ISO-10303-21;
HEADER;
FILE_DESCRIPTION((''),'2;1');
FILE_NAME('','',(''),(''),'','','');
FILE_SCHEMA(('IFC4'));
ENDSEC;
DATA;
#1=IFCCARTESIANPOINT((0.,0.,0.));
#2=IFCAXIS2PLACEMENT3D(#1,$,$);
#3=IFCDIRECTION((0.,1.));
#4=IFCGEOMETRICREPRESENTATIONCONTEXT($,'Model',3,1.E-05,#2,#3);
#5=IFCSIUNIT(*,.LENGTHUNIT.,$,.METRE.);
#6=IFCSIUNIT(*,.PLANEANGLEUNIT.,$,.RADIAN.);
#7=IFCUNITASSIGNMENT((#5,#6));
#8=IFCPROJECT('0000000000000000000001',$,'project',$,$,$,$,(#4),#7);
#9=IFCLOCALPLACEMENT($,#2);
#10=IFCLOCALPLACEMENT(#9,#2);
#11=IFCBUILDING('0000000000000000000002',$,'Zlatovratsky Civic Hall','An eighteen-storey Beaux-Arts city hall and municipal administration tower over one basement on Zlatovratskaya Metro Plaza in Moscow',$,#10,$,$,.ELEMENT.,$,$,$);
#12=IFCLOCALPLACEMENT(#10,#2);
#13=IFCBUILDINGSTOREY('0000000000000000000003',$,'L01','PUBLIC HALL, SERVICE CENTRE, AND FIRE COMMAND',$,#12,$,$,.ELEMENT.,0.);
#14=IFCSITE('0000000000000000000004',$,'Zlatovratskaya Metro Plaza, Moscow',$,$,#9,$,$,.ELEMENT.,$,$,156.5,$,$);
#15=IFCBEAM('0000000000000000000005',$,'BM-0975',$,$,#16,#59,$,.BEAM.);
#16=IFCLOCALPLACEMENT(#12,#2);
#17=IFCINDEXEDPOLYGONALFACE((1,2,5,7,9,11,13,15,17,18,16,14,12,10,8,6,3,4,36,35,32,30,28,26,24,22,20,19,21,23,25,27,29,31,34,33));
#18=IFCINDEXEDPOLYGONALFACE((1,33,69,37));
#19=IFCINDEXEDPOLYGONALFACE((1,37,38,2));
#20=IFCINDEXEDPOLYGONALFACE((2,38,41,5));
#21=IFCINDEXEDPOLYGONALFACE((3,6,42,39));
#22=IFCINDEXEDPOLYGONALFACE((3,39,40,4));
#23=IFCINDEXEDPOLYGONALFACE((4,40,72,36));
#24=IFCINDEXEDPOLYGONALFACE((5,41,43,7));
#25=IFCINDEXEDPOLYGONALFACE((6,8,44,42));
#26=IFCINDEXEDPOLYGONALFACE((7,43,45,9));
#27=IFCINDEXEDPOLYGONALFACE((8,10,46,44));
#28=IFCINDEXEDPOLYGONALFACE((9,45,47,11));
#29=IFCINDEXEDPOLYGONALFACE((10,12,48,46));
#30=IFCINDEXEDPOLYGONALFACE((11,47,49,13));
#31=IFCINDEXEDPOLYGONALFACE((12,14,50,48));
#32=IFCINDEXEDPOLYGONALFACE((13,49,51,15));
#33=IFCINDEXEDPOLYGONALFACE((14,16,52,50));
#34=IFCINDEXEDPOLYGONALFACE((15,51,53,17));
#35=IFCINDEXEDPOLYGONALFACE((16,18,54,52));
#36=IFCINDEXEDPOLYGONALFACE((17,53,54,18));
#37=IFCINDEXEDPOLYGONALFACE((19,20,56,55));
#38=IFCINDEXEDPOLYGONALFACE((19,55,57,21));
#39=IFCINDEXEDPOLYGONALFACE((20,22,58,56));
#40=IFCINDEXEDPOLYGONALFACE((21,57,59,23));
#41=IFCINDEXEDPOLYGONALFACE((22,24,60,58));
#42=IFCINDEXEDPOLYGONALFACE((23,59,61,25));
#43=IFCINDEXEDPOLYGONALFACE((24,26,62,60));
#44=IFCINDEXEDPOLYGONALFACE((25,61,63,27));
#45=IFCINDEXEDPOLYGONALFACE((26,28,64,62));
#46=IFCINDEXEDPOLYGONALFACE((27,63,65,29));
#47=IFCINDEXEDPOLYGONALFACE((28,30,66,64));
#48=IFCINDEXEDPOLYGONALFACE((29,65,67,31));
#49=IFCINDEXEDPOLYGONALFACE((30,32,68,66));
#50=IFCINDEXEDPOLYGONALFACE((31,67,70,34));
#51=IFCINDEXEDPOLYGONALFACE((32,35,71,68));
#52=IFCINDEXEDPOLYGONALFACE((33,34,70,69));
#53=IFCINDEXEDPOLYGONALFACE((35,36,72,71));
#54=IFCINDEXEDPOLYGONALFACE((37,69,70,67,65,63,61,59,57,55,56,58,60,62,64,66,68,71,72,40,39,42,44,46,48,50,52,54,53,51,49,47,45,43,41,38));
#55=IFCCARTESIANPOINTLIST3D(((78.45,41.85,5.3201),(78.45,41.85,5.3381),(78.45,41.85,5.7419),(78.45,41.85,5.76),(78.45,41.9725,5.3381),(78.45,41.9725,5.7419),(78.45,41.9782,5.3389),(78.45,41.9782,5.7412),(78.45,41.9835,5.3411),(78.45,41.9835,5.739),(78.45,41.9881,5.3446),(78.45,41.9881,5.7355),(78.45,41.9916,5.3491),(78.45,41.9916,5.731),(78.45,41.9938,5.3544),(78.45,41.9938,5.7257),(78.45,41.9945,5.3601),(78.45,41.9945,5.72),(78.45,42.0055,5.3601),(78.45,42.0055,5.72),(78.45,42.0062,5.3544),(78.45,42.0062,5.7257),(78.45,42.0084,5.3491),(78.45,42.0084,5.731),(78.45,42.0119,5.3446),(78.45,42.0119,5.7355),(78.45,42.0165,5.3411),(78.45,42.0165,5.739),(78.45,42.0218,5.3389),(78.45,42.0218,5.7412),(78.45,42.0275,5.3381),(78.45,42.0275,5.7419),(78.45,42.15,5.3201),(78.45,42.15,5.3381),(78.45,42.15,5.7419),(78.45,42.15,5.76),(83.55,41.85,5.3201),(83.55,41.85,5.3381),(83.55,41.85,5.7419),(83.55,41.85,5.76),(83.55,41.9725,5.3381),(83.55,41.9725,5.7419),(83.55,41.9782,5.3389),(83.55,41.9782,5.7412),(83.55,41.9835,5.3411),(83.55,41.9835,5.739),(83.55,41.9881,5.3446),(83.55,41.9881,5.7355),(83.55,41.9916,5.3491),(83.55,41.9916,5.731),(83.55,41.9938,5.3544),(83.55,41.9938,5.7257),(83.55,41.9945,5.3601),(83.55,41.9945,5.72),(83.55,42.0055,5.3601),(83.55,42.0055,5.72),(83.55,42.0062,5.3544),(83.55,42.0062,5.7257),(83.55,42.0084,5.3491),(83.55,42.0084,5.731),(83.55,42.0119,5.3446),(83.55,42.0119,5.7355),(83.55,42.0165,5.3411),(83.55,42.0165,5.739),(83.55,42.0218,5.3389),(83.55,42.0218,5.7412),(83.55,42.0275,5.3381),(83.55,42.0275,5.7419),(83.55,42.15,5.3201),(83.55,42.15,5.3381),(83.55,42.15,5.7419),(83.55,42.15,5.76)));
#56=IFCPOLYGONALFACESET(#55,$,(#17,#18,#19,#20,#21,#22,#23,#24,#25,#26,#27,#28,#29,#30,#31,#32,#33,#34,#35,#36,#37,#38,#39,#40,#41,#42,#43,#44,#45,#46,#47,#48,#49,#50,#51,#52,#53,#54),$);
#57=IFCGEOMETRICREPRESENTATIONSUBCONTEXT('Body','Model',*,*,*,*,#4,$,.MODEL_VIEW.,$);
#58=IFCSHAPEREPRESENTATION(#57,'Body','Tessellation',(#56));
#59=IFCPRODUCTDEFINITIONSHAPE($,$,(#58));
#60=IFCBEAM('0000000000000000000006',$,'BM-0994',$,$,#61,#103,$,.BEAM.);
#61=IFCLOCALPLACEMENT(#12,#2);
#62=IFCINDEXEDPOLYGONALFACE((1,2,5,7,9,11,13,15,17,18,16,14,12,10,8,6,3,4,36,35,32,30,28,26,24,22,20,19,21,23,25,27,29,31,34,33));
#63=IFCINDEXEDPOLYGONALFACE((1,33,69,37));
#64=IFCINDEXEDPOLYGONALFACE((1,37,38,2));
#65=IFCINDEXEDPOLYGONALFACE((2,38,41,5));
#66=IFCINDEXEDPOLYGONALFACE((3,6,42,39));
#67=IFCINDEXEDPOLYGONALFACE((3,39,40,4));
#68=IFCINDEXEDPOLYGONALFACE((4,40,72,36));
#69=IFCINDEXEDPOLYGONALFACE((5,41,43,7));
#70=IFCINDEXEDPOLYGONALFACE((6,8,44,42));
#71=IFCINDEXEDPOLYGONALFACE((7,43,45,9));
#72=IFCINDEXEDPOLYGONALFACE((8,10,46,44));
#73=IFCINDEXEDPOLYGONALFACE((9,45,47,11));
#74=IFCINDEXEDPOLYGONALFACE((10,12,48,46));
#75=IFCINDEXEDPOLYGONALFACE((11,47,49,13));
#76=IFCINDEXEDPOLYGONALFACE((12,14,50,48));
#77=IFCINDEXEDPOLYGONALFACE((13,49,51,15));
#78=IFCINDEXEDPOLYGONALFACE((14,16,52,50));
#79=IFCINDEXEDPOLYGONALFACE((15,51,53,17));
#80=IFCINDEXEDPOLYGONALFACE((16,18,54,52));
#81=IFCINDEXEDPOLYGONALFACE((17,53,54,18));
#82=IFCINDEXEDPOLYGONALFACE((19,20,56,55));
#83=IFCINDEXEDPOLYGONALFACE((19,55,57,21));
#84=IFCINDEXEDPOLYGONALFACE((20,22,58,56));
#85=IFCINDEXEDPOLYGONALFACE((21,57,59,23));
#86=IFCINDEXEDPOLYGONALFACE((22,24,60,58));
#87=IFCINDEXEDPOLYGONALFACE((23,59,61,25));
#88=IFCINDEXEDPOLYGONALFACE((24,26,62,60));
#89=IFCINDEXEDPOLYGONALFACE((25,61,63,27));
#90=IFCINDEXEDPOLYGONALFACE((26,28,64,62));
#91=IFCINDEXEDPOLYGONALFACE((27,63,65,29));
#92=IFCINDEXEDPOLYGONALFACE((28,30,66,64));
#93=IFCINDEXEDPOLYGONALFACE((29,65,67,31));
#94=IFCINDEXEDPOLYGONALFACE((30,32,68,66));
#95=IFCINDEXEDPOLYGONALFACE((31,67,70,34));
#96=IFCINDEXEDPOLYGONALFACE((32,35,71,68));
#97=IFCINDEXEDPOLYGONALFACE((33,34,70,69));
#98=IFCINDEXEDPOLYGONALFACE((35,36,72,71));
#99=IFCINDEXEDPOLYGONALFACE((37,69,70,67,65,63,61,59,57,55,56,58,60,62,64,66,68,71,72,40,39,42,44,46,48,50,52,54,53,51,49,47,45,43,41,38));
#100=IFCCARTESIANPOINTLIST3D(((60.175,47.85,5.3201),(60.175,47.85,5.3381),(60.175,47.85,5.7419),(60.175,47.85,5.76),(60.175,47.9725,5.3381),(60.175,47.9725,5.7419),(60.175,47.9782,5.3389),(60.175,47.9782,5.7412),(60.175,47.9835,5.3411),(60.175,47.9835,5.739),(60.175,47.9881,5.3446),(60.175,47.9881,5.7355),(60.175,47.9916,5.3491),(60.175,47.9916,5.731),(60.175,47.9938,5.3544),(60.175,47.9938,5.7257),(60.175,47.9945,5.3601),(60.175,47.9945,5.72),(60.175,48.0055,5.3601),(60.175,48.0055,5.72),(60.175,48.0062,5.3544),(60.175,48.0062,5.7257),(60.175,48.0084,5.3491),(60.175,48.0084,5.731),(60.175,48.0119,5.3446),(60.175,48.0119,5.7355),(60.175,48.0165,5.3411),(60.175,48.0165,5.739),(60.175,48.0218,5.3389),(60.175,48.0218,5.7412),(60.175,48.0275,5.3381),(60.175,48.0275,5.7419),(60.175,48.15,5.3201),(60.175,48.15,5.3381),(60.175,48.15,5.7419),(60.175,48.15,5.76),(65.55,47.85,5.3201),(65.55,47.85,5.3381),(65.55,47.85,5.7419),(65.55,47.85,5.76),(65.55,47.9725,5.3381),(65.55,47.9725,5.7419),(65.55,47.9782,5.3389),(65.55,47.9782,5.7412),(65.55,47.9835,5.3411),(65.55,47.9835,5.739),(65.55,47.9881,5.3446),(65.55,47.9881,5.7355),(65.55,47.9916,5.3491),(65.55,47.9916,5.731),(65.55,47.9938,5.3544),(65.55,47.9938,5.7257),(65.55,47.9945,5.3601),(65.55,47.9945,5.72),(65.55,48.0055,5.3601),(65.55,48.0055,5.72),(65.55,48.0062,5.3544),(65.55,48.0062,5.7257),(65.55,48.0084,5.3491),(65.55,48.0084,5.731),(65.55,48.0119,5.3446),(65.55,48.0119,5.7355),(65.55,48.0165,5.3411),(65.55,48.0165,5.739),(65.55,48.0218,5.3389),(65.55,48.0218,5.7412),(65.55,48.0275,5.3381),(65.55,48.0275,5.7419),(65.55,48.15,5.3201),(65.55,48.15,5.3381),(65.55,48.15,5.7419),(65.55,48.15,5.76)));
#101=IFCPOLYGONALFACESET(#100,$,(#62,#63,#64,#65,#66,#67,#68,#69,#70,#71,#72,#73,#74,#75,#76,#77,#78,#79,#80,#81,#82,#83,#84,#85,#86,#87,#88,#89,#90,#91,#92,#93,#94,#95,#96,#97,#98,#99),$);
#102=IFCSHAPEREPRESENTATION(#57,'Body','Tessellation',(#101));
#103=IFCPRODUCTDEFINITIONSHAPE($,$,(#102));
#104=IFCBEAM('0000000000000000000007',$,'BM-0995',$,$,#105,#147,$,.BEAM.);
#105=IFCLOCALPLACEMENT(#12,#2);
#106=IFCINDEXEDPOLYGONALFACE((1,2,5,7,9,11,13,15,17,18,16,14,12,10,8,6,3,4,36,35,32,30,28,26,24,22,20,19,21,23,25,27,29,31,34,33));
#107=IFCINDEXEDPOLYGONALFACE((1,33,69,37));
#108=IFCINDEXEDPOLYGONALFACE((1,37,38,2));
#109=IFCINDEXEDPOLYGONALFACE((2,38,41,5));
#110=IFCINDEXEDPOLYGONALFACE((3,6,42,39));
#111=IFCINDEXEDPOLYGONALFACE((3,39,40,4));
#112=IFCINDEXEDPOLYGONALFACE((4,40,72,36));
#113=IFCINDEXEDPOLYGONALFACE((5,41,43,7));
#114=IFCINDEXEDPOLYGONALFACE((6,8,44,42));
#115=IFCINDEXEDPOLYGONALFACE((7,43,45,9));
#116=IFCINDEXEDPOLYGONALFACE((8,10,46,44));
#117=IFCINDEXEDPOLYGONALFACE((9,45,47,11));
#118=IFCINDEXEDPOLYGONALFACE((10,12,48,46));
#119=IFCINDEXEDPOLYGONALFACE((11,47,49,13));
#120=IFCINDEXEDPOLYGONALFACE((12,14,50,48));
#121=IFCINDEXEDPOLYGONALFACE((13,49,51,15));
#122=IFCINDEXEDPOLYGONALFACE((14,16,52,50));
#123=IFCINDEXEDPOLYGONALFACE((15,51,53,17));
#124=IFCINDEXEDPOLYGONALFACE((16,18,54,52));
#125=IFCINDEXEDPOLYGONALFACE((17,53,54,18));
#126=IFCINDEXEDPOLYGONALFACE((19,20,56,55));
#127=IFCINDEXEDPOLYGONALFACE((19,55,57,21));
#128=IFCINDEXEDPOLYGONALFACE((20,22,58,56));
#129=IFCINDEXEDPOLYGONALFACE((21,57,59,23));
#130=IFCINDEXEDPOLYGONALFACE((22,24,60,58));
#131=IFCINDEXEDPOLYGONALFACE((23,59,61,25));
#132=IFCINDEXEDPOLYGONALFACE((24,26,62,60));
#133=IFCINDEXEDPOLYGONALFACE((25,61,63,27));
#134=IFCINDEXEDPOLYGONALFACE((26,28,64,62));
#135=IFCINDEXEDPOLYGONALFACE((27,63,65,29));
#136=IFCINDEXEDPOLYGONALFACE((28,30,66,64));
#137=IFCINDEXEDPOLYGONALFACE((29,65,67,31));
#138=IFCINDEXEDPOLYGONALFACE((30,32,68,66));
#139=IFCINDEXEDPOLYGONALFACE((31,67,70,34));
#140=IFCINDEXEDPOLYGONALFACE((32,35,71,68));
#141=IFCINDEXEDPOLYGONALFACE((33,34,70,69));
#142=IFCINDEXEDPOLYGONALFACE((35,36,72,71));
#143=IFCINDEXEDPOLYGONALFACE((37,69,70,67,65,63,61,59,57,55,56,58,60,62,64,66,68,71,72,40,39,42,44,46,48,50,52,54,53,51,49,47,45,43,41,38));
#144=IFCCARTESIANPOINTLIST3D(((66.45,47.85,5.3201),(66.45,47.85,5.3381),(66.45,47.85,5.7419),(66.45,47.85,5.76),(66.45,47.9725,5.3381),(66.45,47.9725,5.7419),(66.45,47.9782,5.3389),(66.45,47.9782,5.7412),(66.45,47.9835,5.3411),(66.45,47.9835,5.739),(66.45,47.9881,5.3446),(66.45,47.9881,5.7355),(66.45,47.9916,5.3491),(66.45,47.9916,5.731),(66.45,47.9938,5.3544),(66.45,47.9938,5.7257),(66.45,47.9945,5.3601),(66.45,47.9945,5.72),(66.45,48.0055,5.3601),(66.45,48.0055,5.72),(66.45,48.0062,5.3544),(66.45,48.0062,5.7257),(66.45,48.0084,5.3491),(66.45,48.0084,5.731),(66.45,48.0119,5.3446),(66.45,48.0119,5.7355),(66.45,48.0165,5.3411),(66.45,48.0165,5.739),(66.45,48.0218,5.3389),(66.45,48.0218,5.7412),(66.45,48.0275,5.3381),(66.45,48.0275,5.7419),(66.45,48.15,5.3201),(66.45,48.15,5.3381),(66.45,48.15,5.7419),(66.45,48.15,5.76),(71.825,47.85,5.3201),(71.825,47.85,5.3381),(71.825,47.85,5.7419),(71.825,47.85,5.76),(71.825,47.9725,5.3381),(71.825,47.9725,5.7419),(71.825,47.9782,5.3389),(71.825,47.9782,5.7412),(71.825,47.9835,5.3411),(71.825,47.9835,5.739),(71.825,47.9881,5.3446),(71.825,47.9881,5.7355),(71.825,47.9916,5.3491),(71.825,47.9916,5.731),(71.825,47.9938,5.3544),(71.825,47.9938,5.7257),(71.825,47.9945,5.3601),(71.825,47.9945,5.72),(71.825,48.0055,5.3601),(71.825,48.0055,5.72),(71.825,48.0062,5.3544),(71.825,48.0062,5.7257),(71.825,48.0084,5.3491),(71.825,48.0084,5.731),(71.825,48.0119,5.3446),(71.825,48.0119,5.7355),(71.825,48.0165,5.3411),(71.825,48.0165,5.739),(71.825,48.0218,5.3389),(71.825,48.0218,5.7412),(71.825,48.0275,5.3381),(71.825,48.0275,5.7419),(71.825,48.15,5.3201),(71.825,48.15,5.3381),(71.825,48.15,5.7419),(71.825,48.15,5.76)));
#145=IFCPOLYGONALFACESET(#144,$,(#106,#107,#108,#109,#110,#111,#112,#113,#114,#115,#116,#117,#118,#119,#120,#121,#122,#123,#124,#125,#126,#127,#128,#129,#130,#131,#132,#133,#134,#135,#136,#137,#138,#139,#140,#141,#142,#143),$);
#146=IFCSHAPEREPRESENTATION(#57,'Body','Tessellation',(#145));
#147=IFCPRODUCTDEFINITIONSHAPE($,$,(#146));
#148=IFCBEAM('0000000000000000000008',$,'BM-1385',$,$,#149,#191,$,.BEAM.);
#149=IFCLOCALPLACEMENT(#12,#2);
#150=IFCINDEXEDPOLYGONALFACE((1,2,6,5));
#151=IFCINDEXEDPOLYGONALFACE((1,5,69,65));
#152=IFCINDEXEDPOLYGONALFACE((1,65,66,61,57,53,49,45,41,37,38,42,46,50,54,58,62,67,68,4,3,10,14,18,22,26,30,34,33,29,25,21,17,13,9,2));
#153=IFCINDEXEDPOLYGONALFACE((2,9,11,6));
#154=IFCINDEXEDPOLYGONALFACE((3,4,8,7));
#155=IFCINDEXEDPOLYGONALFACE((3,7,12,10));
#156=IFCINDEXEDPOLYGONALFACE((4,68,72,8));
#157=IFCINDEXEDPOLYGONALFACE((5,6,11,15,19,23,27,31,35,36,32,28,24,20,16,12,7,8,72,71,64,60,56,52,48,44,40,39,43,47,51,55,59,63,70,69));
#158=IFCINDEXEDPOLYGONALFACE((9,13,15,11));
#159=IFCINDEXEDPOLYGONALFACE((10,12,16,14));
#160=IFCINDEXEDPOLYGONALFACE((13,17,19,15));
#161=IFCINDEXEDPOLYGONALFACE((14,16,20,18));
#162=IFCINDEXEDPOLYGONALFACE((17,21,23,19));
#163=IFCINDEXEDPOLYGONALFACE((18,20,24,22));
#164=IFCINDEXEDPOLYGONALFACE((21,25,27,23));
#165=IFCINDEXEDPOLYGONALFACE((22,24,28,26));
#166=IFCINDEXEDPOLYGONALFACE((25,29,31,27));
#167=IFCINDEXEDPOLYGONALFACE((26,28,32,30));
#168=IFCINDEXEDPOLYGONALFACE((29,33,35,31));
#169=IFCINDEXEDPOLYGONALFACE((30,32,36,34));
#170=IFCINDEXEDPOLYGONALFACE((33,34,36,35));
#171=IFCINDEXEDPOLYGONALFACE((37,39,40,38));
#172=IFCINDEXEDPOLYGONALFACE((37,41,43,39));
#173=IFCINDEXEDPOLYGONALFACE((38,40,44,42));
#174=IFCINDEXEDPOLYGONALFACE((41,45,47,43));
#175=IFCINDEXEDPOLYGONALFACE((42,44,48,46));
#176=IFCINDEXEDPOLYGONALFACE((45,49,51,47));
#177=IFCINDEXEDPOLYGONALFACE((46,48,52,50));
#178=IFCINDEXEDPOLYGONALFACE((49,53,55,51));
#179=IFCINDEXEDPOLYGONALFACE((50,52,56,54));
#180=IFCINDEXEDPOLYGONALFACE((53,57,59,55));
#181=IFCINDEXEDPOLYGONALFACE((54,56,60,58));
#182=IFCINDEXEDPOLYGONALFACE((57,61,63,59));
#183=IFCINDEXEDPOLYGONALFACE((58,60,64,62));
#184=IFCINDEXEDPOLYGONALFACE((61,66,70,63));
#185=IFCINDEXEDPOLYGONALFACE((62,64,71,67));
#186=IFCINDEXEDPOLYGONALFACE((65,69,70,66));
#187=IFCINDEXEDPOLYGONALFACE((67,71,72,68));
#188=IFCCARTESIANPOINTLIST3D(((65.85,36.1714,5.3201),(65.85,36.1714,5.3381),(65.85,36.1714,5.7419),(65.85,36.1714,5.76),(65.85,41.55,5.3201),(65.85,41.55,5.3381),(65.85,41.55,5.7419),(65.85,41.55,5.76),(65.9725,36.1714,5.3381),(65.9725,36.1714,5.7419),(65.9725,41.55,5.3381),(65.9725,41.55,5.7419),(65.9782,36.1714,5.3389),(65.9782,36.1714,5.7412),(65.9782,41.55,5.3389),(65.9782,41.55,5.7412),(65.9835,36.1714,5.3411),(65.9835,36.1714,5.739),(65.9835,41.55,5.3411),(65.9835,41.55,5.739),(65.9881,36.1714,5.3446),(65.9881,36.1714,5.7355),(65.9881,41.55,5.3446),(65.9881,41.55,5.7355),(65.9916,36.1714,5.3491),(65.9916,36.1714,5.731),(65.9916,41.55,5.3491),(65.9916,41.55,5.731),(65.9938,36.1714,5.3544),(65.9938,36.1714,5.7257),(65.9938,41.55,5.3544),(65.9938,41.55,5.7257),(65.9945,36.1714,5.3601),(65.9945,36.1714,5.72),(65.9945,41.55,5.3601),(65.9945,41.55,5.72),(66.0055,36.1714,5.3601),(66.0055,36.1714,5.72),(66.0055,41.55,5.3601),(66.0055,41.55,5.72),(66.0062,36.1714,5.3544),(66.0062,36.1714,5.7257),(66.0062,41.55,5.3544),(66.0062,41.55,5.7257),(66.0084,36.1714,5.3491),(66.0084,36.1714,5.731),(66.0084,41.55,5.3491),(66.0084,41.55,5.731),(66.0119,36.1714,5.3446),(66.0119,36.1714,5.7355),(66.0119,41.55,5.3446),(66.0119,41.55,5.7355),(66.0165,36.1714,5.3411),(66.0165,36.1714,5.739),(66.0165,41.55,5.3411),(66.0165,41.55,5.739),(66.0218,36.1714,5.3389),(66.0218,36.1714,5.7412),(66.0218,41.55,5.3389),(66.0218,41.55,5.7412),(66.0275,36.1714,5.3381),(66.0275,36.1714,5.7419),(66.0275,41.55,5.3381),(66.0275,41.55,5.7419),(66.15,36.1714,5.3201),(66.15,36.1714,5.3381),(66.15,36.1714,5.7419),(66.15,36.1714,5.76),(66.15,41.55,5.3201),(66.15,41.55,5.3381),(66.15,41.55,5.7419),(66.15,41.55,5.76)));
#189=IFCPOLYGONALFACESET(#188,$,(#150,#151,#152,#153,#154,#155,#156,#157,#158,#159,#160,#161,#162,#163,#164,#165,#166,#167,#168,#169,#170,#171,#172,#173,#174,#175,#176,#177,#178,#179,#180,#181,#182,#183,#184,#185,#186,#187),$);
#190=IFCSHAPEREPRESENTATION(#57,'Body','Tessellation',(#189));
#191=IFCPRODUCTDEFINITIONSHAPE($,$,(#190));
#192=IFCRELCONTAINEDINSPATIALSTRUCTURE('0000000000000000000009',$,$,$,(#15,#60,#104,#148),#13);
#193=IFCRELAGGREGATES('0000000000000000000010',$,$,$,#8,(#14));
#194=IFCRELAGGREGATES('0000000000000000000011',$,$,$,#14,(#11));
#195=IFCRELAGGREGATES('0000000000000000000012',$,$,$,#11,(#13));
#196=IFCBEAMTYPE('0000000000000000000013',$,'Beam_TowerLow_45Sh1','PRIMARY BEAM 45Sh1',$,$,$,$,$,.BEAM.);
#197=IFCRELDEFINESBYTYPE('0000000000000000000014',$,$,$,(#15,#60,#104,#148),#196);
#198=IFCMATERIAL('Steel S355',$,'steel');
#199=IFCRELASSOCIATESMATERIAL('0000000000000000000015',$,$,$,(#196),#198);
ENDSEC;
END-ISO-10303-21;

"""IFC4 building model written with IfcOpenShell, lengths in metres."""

from ifc_helpers import new_model, si_unit, direction, frame, origin, origin_2d, place, context, subcontext, project, spatial, i_section, extrude, material, material_profile, profile_set, type_object, element, save


model = new_model("IFC4")

# Units and contexts
model_context = context("Model", 3, precision=1e-05, world=origin(), true_north=direction((0.0, 1.0)))
body_context = subcontext(model_context, "Body", "Model", "MODEL_VIEW")
ifc_project = project(units=[si_unit("LENGTHUNIT", "METRE"), si_unit("PLANEANGLEUNIT", "RADIAN")], contexts=[model_context])

# Site, building, storey
site_placement = place(None, origin())
site = spatial("IfcSite", under=ifc_project, at=site_placement, Name="Zlatovratskaya Metro Plaza, Moscow", CompositionType="ELEMENT", RefElevation=156.5)
building_placement = place(site_placement, origin())
building = spatial("IfcBuilding", under=site, at=building_placement, Name="Zlatovratsky Civic Hall", Description="An eighteen-storey Beaux-Arts city hall and municipal administration tower over one basement on Zlatovratskaya Metro Plaza in Moscow", CompositionType="ELEMENT")
storey_placement = place(building_placement, origin())
storey = spatial("IfcBuildingStorey", under=building, at=storey_placement, Name="L01", Description="PUBLIC HALL, SERVICE CENTRE, AND FIRE COMMAND", CompositionType="ELEMENT", Elevation=0.0)

# Shared definitions
ifc_material_1 = material(Name="Steel S355", Category="steel")

# Beams
ifc_material_profile_1 = material_profile(ifc_material_1, i_section(OverallWidth=0.3, OverallDepth=0.4399, WebThickness=0.011, FlangeThickness=0.0181, FilletRadius=0.022, at=origin_2d()), Name="45Sh1")
ifc_profile_set_1 = profile_set([ifc_material_profile_1], Name="Steel S355")
beam_type = type_object("IfcBeamType", Name="Beam_TowerLow_45Sh1", Description="PRIMARY BEAM 45Sh1", PredefinedType="BEAM", material=ifc_profile_set_1)
for number, where, z_axis, x_axis, name in (
    (1, (78.45, 42.0, 5.54), (1.0, 0.0, 0.0), (0.0, 1.0, 0.0), "BM-0975"),
):
    element("IfcBeam", number, at=place(storey_placement, frame(where, z_axis=z_axis, x_axis=x_axis)), inside=storey, type_object=beam_type, Name=name, PredefinedType="BEAM", context=body_context, shape_type="SweptSolid", body=[
        extrude(i_section(OverallWidth=0.3, OverallDepth=0.4399, WebThickness=0.011, FlangeThickness=0.0181, FilletRadius=0.022, at=origin_2d()), origin(), (0.0, 0.0, 1.0), 5.1001),
    ])
for number, where, z_axis, x_axis, name in (
    (2, (60.175, 48.0, 5.54), (1.0, 0.0, 0.0), (0.0, 1.0, 0.0), "BM-0994"),
    (3, (66.45, 48.0, 5.54), (1.0, 0.0, 0.0), (0.0, 1.0, 0.0), "BM-0995"),
):
    element("IfcBeam", number, at=place(storey_placement, frame(where, z_axis=z_axis, x_axis=x_axis)), inside=storey, type_object=beam_type, Name=name, PredefinedType="BEAM", context=body_context, shape_type="SweptSolid", body=[
        extrude(i_section(OverallWidth=0.3, OverallDepth=0.4399, WebThickness=0.011, FlangeThickness=0.0181, FilletRadius=0.022, at=origin_2d()), origin(), (0.0, 0.0, 1.0), 5.375),
    ])
beam_1_placement = place(storey_placement, frame((66.0, 36.1714, 5.54), z_axis=(0.0, 1.0, 0.0), x_axis=(-1.0, 0.0, 0.0)))
element("IfcBeam", 4, at=beam_1_placement, inside=storey, type_object=beam_type, Name="BM-1385", PredefinedType="BEAM", context=body_context, shape_type="SweptSolid", body=[
    extrude(i_section(OverallWidth=0.3, OverallDepth=0.4399, WebThickness=0.011, FlangeThickness=0.0181, FilletRadius=0.022, at=origin_2d()), origin(), (0.0, 0.0, 1.0), 5.3787),
])

save(model, "model.ifc")
